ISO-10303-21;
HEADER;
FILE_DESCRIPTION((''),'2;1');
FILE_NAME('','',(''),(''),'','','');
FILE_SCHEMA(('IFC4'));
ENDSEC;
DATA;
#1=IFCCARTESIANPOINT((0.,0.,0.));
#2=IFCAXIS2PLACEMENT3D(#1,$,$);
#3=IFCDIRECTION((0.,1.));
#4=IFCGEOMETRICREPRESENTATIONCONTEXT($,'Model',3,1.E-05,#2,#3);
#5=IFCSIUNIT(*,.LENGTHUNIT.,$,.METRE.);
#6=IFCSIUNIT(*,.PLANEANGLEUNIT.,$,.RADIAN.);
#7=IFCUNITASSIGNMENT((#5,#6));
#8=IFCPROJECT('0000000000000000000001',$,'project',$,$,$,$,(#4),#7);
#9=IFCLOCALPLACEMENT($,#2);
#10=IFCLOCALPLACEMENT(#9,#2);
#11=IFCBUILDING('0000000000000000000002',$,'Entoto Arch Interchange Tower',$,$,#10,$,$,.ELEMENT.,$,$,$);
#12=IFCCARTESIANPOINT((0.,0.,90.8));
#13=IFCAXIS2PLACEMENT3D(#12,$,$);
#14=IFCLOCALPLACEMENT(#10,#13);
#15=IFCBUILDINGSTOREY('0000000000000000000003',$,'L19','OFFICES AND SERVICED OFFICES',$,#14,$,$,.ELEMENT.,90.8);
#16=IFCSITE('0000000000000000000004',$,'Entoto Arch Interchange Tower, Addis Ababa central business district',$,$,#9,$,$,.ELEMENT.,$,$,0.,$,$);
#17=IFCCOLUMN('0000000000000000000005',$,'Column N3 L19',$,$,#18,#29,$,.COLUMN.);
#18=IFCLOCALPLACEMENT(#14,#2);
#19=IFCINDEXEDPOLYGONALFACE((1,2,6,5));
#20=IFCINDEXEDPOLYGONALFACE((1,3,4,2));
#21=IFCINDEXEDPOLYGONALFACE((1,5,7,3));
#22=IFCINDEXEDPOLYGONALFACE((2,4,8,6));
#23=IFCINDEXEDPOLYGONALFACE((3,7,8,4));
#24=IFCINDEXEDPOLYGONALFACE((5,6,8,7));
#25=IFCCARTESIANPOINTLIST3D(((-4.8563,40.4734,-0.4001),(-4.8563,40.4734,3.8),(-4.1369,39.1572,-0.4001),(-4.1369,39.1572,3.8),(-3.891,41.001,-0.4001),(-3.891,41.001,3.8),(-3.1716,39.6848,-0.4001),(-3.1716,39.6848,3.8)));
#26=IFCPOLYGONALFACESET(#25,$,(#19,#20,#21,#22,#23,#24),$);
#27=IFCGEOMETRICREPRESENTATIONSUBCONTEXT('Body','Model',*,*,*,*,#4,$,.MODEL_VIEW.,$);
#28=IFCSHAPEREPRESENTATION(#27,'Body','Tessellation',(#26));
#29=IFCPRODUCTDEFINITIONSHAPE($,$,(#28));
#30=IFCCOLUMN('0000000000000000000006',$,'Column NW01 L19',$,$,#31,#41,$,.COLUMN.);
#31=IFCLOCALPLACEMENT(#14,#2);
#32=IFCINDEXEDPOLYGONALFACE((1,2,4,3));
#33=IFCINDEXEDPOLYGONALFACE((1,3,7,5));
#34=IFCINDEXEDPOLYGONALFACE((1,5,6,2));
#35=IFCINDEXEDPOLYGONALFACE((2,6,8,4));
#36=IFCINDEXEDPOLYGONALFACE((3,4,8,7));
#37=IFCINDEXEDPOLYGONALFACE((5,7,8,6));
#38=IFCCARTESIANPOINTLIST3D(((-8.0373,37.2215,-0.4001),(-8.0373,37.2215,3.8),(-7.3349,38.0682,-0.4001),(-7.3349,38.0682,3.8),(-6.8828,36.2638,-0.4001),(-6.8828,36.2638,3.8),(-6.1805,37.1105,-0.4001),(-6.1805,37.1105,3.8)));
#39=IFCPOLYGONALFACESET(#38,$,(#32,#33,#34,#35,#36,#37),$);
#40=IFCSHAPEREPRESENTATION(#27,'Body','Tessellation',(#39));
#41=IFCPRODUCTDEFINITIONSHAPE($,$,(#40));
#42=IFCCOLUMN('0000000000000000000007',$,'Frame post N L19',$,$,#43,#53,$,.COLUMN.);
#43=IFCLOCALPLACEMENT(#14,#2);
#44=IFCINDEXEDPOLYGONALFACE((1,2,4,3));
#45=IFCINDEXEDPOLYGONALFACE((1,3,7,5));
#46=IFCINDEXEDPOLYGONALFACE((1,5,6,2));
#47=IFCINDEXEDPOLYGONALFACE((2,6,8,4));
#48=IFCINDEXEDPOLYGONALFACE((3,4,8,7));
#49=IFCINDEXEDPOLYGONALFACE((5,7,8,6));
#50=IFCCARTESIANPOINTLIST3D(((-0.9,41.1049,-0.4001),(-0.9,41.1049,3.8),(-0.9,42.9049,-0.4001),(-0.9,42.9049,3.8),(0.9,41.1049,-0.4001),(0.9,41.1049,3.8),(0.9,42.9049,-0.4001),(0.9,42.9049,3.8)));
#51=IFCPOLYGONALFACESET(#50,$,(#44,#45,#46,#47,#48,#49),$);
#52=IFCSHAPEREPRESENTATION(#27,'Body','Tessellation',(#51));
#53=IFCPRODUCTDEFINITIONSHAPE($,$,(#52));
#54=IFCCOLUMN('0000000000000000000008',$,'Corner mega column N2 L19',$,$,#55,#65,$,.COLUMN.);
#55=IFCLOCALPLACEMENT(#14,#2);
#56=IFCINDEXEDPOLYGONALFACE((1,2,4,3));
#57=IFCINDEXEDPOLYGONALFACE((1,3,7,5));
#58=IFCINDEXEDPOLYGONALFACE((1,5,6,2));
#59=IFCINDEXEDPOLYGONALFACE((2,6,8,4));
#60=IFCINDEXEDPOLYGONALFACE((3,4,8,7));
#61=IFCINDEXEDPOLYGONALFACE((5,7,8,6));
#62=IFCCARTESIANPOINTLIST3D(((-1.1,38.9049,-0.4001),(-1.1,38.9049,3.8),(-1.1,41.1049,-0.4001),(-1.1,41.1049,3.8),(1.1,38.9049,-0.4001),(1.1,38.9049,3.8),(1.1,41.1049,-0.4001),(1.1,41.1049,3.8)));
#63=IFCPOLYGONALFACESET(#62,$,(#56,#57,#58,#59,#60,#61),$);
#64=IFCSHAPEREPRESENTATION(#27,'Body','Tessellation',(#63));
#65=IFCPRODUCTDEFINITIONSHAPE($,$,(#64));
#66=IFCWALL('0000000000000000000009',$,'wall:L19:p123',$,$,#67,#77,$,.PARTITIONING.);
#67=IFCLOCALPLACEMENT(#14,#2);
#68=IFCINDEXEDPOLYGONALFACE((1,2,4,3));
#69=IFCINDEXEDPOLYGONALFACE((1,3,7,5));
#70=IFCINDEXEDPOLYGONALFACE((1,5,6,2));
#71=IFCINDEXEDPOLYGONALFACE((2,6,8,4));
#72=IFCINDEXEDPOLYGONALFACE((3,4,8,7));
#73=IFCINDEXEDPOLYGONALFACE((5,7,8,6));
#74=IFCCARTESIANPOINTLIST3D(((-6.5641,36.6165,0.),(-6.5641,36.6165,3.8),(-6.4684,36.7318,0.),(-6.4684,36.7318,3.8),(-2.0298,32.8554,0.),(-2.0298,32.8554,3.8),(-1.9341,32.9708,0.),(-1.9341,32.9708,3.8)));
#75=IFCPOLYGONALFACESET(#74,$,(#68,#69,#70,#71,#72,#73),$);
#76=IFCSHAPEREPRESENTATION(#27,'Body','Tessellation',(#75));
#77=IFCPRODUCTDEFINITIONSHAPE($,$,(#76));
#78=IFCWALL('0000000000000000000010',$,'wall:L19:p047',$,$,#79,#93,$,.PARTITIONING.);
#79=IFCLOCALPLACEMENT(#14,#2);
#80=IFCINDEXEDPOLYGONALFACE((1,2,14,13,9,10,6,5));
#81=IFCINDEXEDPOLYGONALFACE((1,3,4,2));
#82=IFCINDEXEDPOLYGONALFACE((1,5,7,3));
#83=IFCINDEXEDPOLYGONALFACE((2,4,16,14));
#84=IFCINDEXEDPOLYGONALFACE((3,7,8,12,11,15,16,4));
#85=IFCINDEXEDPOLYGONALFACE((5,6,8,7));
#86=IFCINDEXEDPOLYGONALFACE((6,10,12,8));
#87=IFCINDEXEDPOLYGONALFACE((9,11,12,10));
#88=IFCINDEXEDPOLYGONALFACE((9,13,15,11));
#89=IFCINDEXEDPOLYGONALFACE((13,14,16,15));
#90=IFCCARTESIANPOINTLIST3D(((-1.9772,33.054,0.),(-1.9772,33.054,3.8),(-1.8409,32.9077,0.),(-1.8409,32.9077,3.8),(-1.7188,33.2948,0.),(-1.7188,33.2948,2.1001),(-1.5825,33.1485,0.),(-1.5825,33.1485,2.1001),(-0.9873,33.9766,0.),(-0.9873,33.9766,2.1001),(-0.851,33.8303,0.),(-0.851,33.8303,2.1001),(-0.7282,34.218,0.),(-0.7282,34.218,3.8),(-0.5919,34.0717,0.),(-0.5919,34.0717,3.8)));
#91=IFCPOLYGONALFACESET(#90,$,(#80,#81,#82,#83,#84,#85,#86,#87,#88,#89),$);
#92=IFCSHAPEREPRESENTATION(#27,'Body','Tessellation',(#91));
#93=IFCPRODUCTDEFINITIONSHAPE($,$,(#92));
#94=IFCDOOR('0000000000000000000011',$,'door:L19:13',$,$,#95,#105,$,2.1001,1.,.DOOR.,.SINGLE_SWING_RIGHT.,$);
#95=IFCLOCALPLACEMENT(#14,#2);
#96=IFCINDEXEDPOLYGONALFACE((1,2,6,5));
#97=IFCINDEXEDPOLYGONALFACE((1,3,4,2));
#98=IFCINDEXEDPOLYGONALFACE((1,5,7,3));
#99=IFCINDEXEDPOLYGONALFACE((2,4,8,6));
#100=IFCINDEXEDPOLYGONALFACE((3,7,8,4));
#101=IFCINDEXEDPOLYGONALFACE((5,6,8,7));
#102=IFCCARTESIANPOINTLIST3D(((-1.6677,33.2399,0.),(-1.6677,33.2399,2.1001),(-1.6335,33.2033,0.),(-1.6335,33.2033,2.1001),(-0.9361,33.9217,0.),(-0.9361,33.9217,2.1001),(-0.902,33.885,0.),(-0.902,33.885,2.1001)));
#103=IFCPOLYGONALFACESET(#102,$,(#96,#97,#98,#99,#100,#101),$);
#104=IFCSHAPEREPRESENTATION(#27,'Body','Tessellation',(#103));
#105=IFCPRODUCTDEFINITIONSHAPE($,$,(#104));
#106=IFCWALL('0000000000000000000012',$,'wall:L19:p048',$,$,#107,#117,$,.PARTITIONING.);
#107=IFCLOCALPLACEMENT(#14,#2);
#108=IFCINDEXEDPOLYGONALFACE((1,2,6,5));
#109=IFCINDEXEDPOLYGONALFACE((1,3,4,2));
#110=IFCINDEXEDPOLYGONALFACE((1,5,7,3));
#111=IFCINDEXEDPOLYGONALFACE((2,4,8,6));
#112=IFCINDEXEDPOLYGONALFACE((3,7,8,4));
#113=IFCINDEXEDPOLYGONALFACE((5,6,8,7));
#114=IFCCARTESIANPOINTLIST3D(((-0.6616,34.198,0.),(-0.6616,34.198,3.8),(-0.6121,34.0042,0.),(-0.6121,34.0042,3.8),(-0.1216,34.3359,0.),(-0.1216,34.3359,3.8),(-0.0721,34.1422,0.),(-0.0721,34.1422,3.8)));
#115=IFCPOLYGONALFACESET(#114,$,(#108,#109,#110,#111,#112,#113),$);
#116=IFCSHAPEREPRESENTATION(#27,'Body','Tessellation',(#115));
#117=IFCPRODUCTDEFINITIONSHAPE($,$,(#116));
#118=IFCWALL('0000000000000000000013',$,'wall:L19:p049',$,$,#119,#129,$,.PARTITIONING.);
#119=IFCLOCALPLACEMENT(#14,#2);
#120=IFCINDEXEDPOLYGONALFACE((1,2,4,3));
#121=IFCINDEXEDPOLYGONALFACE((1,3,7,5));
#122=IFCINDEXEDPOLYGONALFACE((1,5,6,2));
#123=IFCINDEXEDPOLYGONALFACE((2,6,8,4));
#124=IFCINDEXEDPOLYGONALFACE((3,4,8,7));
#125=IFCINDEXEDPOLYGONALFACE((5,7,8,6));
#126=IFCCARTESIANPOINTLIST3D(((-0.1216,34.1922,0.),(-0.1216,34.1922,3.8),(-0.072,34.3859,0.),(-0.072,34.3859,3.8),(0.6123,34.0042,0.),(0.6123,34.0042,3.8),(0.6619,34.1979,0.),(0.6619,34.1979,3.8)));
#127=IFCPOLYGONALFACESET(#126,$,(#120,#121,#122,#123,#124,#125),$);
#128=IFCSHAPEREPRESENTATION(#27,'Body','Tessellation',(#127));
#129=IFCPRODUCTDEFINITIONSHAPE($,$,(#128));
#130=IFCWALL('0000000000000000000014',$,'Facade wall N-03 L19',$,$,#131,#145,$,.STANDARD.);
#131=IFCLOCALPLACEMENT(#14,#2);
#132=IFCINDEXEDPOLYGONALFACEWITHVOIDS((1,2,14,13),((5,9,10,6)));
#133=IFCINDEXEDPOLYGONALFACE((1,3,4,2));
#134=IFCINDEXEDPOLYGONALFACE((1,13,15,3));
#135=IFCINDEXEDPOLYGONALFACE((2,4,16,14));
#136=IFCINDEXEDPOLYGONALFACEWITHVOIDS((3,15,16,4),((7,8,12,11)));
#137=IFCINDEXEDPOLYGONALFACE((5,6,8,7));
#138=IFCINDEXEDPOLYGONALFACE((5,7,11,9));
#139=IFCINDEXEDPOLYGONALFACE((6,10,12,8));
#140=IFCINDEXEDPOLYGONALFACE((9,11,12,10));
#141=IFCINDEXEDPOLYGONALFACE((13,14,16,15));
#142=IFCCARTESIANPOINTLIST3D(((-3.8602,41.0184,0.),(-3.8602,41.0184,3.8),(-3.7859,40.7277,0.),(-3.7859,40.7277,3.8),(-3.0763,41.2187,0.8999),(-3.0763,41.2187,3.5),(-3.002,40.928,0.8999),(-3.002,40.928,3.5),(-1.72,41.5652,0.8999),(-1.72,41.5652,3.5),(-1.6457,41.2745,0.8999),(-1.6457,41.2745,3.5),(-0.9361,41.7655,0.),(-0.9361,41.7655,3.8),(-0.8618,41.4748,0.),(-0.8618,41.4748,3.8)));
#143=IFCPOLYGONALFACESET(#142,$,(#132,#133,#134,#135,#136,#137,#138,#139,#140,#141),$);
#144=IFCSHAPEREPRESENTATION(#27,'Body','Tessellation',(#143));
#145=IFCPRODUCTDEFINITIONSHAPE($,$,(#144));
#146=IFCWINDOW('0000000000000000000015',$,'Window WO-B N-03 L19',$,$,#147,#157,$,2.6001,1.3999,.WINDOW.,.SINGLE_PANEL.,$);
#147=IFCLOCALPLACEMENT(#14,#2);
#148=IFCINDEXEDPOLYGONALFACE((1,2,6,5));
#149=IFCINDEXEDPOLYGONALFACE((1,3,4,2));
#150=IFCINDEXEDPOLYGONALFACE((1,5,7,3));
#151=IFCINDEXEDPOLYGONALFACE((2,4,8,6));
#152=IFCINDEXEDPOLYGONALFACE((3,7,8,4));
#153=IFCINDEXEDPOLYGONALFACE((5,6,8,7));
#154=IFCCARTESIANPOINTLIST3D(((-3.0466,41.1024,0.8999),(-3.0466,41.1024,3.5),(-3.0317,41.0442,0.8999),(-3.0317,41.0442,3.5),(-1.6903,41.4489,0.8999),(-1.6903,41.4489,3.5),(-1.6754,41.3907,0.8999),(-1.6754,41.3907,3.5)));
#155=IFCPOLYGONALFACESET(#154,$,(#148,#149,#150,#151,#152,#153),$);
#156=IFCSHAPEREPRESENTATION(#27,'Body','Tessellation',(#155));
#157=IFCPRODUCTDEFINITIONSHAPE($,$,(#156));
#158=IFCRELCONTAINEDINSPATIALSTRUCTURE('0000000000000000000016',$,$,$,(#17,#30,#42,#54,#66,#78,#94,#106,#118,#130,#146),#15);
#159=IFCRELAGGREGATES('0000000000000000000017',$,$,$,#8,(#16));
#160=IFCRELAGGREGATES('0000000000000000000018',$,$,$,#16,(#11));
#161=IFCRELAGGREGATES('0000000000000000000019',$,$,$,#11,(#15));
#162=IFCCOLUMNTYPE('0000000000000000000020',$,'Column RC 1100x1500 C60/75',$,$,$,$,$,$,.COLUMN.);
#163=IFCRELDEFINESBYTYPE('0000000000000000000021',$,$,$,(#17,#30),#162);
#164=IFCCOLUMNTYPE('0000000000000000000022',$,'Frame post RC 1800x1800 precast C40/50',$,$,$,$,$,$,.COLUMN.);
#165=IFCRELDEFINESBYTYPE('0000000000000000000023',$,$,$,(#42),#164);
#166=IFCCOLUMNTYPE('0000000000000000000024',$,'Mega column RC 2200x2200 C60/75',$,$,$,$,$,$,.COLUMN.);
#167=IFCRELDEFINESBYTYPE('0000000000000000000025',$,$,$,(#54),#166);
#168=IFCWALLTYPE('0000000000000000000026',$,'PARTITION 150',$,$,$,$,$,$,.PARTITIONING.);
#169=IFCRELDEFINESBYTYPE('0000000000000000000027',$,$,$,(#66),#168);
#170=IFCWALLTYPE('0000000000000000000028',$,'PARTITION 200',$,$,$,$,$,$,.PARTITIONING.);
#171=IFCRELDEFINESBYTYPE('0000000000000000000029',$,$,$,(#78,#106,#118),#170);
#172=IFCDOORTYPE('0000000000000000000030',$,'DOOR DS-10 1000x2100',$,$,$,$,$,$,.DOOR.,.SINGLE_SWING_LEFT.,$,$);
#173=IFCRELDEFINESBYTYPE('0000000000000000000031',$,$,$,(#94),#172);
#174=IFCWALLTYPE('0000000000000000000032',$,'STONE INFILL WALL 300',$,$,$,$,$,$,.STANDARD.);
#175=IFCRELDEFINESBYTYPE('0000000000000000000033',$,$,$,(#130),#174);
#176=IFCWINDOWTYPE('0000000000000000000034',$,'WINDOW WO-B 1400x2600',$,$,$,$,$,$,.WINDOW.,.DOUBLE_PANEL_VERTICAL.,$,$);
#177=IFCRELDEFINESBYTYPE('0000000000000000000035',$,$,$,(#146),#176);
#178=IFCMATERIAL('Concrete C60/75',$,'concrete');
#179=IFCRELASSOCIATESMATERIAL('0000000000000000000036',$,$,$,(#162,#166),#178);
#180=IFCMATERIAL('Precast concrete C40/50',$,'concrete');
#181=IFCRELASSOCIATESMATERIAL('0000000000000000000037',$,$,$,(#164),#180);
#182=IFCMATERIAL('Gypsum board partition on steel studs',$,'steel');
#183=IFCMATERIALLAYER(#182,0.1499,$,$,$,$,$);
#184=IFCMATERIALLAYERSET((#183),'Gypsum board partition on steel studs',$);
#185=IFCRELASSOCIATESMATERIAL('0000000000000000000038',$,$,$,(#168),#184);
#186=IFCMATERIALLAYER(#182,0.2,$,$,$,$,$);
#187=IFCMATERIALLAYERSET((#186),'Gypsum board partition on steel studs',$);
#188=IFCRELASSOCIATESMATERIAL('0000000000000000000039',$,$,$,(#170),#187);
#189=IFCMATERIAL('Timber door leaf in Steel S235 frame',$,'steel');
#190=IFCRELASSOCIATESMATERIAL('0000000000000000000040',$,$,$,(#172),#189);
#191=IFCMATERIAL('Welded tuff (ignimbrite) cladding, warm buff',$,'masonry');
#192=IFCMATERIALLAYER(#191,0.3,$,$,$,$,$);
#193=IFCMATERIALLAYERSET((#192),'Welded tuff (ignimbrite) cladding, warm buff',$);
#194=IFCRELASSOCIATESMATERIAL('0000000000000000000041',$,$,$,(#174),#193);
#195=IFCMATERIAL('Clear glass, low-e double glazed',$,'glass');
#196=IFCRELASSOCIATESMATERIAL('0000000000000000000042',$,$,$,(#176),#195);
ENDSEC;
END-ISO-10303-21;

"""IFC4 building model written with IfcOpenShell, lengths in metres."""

from ifc_helpers import new_model, si_unit, direction, frame, frame_2d, origin, origin_2d, place, context, subcontext, project, spatial, rectangle, extrude, material, layer, layer_set, material_profile, profile_set, type_object, element, fill, save


model = new_model("IFC4")

# Units and contexts
model_context = context("Model", 3, precision=1e-05, world=origin(), true_north=direction((0.0, 1.0)))
body_context = subcontext(model_context, "Body", "Model", "MODEL_VIEW")
ifc_project = project(units=[si_unit("LENGTHUNIT", "METRE"), si_unit("PLANEANGLEUNIT", "RADIAN")], contexts=[model_context])

# Site, building, storey
site_placement = place(None, origin())
site = spatial("IfcSite", under=ifc_project, at=site_placement, Name="Entoto Arch Interchange Tower, Addis Ababa central business district", CompositionType="ELEMENT", RefElevation=0.0)
building_placement = place(site_placement, origin())
building = spatial("IfcBuilding", under=site, at=building_placement, Name="Entoto Arch Interchange Tower", CompositionType="ELEMENT")
storey_placement = place(building_placement, frame((0.0, 0.0, 90.8)))
storey = spatial("IfcBuildingStorey", under=building, at=storey_placement, Name="L19", Description="OFFICES AND SERVICED OFFICES", CompositionType="ELEMENT", Elevation=90.8)

# Columns
ifc_material_1 = material(Name="Concrete C60/75", Category="concrete")
ifc_material_profile_1 = material_profile(ifc_material_1, rectangle(XDim=1.1001, YDim=1.5, at=origin_2d()))
ifc_profile_set_1 = profile_set([ifc_material_profile_1], Name="Concrete C60/75")
column_type_1 = type_object("IfcColumnType", Name="Column RC 1100x1500 C60/75", PredefinedType="COLUMN", material=ifc_profile_set_1)
for number, where, z_axis, x_axis, name in (
    (1, (-4.0139, 40.0791, -0.4001), (0.0, 0.0, 1.0), (0.877481, 0.479611, 0.0), "Column N3 L19"),
    (2, (-7.1089, 37.166, -0.4001), (0.0, 0.0, 1.0), (0.638459, 0.769656, 0.0), "Column NW01 L19"),
):
    element("IfcColumn", number, at=place(storey_placement, frame(where, z_axis=z_axis, x_axis=x_axis)), inside=storey, type_object=column_type_1, Name=name, PredefinedType="COLUMN", context=body_context, shape_type="SweptSolid", body=[
        extrude(rectangle(XDim=1.1001, YDim=1.5, at=origin_2d()), origin(), (0.0, 0.0, 1.0), 4.2002),
    ])
ifc_material_2 = material(Name="Precast concrete C40/50", Category="concrete")
ifc_material_profile_2 = material_profile(ifc_material_2, rectangle(XDim=1.8, YDim=1.8, at=origin_2d()))
ifc_profile_set_2 = profile_set([ifc_material_profile_2], Name="Precast concrete C40/50")
column_type_2 = type_object("IfcColumnType", Name="Frame post RC 1800x1800 precast C40/50", PredefinedType="COLUMN", material=ifc_profile_set_2)
column_1_placement = place(storey_placement, frame((0.0, 42.0049, -0.4001), z_axis=(0.0, 0.0, 1.0), x_axis=(0.0, 1.0, 0.0)))
element("IfcColumn", 3, at=column_1_placement, inside=storey, type_object=column_type_2, Name="Frame post N L19", PredefinedType="COLUMN", context=body_context, shape_type="SweptSolid", body=[
    extrude(rectangle(XDim=1.8, YDim=1.8, at=origin_2d()), origin(), (0.0, 0.0, 1.0), 4.2002),
])
ifc_material_profile_3 = material_profile(ifc_material_1, rectangle(XDim=2.2, YDim=2.2, at=origin_2d()))
ifc_profile_set_3 = profile_set([ifc_material_profile_3], Name="Concrete C60/75")
column_type_3 = type_object("IfcColumnType", Name="Mega column RC 2200x2200 C60/75", PredefinedType="COLUMN", material=ifc_profile_set_3)
column_2_placement = place(storey_placement, frame((0.0, 40.0049, -0.4001), z_axis=(0.0, 0.0, 1.0), x_axis=(0.0, 1.0, 0.0)))
element("IfcColumn", 4, at=column_2_placement, inside=storey, type_object=column_type_3, Name="Corner mega column N2 L19", PredefinedType="COLUMN", context=body_context, shape_type="SweptSolid", body=[
    extrude(rectangle(XDim=2.2, YDim=2.2, at=origin_2d()), origin(), (0.0, 0.0, 1.0), 4.2002),
])

# Wall
ifc_material_3 = material(Name="Gypsum board partition on steel studs", Category="steel")
ifc_layer_1 = layer(ifc_material_3, 0.1499)
ifc_layer_set_1 = layer_set([ifc_layer_1], Name="Gypsum board partition on steel studs")
wall_type_1 = type_object("IfcWallType", Name="PARTITION 150", PredefinedType="PARTITIONING", material=ifc_layer_set_1)
wall_1_placement = place(storey_placement, frame((-1.9819, 32.9131, 0.0), z_axis=(0.0, 0.0, 1.0), x_axis=(-0.76968, 0.63843, 0.0)))
element("IfcWall", 5, at=wall_1_placement, inside=storey, type_object=wall_type_1, Name="wall:L19:p123", PredefinedType="PARTITIONING", context=body_context, shape_type="SweptSolid", body=[
    extrude(rectangle(XDim=5.8911, YDim=0.1499, at=frame_2d((2.9456, 0.0))), origin(), (0.0, 0.0, 1.0), 3.8),
])

# Wall, opening, door
ifc_layer_2 = layer(ifc_material_3, 0.2)
ifc_layer_set_2 = layer_set([ifc_layer_2], Name="Gypsum board partition on steel studs")
wall_type_2 = type_object("IfcWallType", Name="PARTITION 200", PredefinedType="PARTITIONING", material=ifc_layer_set_2)
wall_2_placement = place(storey_placement, frame((-1.9089, 32.981, 0.0), z_axis=(0.0, 0.0, 1.0), x_axis=(0.73155, 0.681788, 0.0)))
wall_2 = element("IfcWall", 6, at=wall_2_placement, inside=storey, type_object=wall_type_2, Name="wall:L19:p047", PredefinedType="PARTITIONING", context=body_context, shape_type="SweptSolid", body=[
    extrude(rectangle(XDim=1.7073, YDim=0.2, at=frame_2d((0.8535, 0.0))), origin(), (0.0, 0.0, 1.0), 3.8),
])
opening_1_placement = place(wall_2_placement, frame((0.353, 0.0, 0.0)))
opening_1 = element("IfcOpeningElement", 7, at=opening_1_placement, cuts=wall_2, PredefinedType="OPENING", context=body_context, shape_type="SweptSolid", body=[
    extrude(rectangle(XDim=1.0, YDim=2.1001, at=frame_2d((0.5, 1.05))), frame((0.0, 0.1099, 0.0), z_axis=(0.0, -1.0, 0.0), x_axis=(1.0, 0.0, 0.0)), (0.0, 0.0, 1.0), 0.22),
])
ifc_material_4 = material(Name="Timber door leaf in Steel S235 frame", Category="steel")
door_type = type_object("IfcDoorType", Name="DOOR DS-10 1000x2100", OperationType="SINGLE_SWING_LEFT", PredefinedType="DOOR", material=ifc_material_4)
door_placement = place(opening_1_placement, origin())
door = element("IfcDoor", 8, at=door_placement, inside=storey, type_object=door_type, Name="door:L19:13", OperationType="SINGLE_SWING_RIGHT", OverallHeight=2.1001, OverallWidth=1.0, PredefinedType="DOOR", context=body_context, shape_type="SweptSolid", body=[
    extrude(rectangle(XDim=1.0, YDim=2.1001, at=frame_2d((0.5, 1.05))), frame((0.0, 0.0249, 0.0), z_axis=(0.0, -1.0, 0.0), x_axis=(1.0, 0.0, 0.0)), (0.0, 0.0, 1.0), 0.05),
])
fill(opening_1, door)

# Walls
wall_3_placement = place(storey_placement, frame((-0.637, 34.1011, 0.0), z_axis=(0.0, 0.0, 1.0), x_axis=(0.968893, 0.247479, 0.0)))
element("IfcWall", 9, at=wall_3_placement, inside=storey, type_object=wall_type_2, Name="wall:L19:p048", PredefinedType="PARTITIONING", context=body_context, shape_type="SweptSolid", body=[
    extrude(rectangle(XDim=0.5574, YDim=0.2, at=frame_2d((0.2788, 0.0))), origin(), (0.0, 0.0, 1.0), 3.8),
])
wall_4_placement = place(storey_placement, frame((-0.0969, 34.2891, 0.0), z_axis=(0.0, 0.0, 1.0), x_axis=(0.968723, -0.248143, 0.0)))
element("IfcWall", 10, at=wall_4_placement, inside=storey, type_object=wall_type_2, Name="wall:L19:p049", PredefinedType="PARTITIONING", context=body_context, shape_type="SweptSolid", body=[
    extrude(rectangle(XDim=0.7576, YDim=0.2, at=frame_2d((0.3789, 0.0))), origin(), (0.0, 0.0, 1.0), 3.8),
])

# Wall, opening, window
ifc_material_5 = material(Name="Welded tuff (ignimbrite) cladding, warm buff", Category="masonry")
ifc_layer_3 = layer(ifc_material_5, 0.3)
ifc_layer_set_3 = layer_set([ifc_layer_3], Name="Welded tuff (ignimbrite) cladding, warm buff")
wall_type_3 = type_object("IfcWallType", Name="STONE INFILL WALL 300", PredefinedType="STANDARD", material=ifc_layer_set_3)
wall_5_placement = place(storey_placement, frame((-0.8989, 41.6201, 0.0), z_axis=(0.0, 0.0, 1.0), x_axis=(-0.968878, -0.247538, 0.0)))
wall_5 = element("IfcWall", 11, at=wall_5_placement, inside=storey, type_object=wall_type_3, Name="Facade wall N-03 L19", PredefinedType="STANDARD", context=body_context, shape_type="SweptSolid", body=[
    extrude(rectangle(XDim=3.0181, YDim=0.3, at=frame_2d((1.509, 0.0))), origin(), (0.0, 0.0, 1.0), 3.8),
])
opening_2_placement = place(wall_5_placement, frame((0.8091, 0.0, 0.8999)))
opening_2 = element("IfcOpeningElement", 12, at=opening_2_placement, cuts=wall_5, PredefinedType="OPENING", context=body_context, shape_type="SweptSolid", body=[
    extrude(rectangle(XDim=1.3999, YDim=2.6001, at=frame_2d((0.7, 1.3))), frame((0.0, 0.1602, 0.0), z_axis=(0.0, -1.0, 0.0), x_axis=(1.0, 0.0, 0.0)), (0.0, 0.0, 1.0), 0.3201),
])
ifc_material_6 = material(Name="Clear glass, low-e double glazed", Category="glass")
window_type_1 = type_object("IfcWindowType", Name="WINDOW WO-B 1400x2600", PartitioningType="DOUBLE_PANEL_VERTICAL", PredefinedType="WINDOW", material=ifc_material_6)
window_1_placement = place(opening_2_placement, origin())
window_1 = element("IfcWindow", 13, at=window_1_placement, inside=storey, type_object=window_type_1, Name="Window WO-B N-03 L19", OverallHeight=2.6001, OverallWidth=1.3999, PartitioningType="SINGLE_PANEL", PredefinedType="WINDOW", context=body_context, shape_type="SweptSolid", body=[
    extrude(rectangle(XDim=1.3999, YDim=2.6001, at=frame_2d((0.7, 1.3))), frame((0.0, 0.03, 0.0), z_axis=(0.0, -1.0, 0.0), x_axis=(1.0, 0.0, 0.0)), (0.0, 0.0, 1.0), 0.0601),
])
fill(opening_2, window_1)

save(model, "model.ifc")
